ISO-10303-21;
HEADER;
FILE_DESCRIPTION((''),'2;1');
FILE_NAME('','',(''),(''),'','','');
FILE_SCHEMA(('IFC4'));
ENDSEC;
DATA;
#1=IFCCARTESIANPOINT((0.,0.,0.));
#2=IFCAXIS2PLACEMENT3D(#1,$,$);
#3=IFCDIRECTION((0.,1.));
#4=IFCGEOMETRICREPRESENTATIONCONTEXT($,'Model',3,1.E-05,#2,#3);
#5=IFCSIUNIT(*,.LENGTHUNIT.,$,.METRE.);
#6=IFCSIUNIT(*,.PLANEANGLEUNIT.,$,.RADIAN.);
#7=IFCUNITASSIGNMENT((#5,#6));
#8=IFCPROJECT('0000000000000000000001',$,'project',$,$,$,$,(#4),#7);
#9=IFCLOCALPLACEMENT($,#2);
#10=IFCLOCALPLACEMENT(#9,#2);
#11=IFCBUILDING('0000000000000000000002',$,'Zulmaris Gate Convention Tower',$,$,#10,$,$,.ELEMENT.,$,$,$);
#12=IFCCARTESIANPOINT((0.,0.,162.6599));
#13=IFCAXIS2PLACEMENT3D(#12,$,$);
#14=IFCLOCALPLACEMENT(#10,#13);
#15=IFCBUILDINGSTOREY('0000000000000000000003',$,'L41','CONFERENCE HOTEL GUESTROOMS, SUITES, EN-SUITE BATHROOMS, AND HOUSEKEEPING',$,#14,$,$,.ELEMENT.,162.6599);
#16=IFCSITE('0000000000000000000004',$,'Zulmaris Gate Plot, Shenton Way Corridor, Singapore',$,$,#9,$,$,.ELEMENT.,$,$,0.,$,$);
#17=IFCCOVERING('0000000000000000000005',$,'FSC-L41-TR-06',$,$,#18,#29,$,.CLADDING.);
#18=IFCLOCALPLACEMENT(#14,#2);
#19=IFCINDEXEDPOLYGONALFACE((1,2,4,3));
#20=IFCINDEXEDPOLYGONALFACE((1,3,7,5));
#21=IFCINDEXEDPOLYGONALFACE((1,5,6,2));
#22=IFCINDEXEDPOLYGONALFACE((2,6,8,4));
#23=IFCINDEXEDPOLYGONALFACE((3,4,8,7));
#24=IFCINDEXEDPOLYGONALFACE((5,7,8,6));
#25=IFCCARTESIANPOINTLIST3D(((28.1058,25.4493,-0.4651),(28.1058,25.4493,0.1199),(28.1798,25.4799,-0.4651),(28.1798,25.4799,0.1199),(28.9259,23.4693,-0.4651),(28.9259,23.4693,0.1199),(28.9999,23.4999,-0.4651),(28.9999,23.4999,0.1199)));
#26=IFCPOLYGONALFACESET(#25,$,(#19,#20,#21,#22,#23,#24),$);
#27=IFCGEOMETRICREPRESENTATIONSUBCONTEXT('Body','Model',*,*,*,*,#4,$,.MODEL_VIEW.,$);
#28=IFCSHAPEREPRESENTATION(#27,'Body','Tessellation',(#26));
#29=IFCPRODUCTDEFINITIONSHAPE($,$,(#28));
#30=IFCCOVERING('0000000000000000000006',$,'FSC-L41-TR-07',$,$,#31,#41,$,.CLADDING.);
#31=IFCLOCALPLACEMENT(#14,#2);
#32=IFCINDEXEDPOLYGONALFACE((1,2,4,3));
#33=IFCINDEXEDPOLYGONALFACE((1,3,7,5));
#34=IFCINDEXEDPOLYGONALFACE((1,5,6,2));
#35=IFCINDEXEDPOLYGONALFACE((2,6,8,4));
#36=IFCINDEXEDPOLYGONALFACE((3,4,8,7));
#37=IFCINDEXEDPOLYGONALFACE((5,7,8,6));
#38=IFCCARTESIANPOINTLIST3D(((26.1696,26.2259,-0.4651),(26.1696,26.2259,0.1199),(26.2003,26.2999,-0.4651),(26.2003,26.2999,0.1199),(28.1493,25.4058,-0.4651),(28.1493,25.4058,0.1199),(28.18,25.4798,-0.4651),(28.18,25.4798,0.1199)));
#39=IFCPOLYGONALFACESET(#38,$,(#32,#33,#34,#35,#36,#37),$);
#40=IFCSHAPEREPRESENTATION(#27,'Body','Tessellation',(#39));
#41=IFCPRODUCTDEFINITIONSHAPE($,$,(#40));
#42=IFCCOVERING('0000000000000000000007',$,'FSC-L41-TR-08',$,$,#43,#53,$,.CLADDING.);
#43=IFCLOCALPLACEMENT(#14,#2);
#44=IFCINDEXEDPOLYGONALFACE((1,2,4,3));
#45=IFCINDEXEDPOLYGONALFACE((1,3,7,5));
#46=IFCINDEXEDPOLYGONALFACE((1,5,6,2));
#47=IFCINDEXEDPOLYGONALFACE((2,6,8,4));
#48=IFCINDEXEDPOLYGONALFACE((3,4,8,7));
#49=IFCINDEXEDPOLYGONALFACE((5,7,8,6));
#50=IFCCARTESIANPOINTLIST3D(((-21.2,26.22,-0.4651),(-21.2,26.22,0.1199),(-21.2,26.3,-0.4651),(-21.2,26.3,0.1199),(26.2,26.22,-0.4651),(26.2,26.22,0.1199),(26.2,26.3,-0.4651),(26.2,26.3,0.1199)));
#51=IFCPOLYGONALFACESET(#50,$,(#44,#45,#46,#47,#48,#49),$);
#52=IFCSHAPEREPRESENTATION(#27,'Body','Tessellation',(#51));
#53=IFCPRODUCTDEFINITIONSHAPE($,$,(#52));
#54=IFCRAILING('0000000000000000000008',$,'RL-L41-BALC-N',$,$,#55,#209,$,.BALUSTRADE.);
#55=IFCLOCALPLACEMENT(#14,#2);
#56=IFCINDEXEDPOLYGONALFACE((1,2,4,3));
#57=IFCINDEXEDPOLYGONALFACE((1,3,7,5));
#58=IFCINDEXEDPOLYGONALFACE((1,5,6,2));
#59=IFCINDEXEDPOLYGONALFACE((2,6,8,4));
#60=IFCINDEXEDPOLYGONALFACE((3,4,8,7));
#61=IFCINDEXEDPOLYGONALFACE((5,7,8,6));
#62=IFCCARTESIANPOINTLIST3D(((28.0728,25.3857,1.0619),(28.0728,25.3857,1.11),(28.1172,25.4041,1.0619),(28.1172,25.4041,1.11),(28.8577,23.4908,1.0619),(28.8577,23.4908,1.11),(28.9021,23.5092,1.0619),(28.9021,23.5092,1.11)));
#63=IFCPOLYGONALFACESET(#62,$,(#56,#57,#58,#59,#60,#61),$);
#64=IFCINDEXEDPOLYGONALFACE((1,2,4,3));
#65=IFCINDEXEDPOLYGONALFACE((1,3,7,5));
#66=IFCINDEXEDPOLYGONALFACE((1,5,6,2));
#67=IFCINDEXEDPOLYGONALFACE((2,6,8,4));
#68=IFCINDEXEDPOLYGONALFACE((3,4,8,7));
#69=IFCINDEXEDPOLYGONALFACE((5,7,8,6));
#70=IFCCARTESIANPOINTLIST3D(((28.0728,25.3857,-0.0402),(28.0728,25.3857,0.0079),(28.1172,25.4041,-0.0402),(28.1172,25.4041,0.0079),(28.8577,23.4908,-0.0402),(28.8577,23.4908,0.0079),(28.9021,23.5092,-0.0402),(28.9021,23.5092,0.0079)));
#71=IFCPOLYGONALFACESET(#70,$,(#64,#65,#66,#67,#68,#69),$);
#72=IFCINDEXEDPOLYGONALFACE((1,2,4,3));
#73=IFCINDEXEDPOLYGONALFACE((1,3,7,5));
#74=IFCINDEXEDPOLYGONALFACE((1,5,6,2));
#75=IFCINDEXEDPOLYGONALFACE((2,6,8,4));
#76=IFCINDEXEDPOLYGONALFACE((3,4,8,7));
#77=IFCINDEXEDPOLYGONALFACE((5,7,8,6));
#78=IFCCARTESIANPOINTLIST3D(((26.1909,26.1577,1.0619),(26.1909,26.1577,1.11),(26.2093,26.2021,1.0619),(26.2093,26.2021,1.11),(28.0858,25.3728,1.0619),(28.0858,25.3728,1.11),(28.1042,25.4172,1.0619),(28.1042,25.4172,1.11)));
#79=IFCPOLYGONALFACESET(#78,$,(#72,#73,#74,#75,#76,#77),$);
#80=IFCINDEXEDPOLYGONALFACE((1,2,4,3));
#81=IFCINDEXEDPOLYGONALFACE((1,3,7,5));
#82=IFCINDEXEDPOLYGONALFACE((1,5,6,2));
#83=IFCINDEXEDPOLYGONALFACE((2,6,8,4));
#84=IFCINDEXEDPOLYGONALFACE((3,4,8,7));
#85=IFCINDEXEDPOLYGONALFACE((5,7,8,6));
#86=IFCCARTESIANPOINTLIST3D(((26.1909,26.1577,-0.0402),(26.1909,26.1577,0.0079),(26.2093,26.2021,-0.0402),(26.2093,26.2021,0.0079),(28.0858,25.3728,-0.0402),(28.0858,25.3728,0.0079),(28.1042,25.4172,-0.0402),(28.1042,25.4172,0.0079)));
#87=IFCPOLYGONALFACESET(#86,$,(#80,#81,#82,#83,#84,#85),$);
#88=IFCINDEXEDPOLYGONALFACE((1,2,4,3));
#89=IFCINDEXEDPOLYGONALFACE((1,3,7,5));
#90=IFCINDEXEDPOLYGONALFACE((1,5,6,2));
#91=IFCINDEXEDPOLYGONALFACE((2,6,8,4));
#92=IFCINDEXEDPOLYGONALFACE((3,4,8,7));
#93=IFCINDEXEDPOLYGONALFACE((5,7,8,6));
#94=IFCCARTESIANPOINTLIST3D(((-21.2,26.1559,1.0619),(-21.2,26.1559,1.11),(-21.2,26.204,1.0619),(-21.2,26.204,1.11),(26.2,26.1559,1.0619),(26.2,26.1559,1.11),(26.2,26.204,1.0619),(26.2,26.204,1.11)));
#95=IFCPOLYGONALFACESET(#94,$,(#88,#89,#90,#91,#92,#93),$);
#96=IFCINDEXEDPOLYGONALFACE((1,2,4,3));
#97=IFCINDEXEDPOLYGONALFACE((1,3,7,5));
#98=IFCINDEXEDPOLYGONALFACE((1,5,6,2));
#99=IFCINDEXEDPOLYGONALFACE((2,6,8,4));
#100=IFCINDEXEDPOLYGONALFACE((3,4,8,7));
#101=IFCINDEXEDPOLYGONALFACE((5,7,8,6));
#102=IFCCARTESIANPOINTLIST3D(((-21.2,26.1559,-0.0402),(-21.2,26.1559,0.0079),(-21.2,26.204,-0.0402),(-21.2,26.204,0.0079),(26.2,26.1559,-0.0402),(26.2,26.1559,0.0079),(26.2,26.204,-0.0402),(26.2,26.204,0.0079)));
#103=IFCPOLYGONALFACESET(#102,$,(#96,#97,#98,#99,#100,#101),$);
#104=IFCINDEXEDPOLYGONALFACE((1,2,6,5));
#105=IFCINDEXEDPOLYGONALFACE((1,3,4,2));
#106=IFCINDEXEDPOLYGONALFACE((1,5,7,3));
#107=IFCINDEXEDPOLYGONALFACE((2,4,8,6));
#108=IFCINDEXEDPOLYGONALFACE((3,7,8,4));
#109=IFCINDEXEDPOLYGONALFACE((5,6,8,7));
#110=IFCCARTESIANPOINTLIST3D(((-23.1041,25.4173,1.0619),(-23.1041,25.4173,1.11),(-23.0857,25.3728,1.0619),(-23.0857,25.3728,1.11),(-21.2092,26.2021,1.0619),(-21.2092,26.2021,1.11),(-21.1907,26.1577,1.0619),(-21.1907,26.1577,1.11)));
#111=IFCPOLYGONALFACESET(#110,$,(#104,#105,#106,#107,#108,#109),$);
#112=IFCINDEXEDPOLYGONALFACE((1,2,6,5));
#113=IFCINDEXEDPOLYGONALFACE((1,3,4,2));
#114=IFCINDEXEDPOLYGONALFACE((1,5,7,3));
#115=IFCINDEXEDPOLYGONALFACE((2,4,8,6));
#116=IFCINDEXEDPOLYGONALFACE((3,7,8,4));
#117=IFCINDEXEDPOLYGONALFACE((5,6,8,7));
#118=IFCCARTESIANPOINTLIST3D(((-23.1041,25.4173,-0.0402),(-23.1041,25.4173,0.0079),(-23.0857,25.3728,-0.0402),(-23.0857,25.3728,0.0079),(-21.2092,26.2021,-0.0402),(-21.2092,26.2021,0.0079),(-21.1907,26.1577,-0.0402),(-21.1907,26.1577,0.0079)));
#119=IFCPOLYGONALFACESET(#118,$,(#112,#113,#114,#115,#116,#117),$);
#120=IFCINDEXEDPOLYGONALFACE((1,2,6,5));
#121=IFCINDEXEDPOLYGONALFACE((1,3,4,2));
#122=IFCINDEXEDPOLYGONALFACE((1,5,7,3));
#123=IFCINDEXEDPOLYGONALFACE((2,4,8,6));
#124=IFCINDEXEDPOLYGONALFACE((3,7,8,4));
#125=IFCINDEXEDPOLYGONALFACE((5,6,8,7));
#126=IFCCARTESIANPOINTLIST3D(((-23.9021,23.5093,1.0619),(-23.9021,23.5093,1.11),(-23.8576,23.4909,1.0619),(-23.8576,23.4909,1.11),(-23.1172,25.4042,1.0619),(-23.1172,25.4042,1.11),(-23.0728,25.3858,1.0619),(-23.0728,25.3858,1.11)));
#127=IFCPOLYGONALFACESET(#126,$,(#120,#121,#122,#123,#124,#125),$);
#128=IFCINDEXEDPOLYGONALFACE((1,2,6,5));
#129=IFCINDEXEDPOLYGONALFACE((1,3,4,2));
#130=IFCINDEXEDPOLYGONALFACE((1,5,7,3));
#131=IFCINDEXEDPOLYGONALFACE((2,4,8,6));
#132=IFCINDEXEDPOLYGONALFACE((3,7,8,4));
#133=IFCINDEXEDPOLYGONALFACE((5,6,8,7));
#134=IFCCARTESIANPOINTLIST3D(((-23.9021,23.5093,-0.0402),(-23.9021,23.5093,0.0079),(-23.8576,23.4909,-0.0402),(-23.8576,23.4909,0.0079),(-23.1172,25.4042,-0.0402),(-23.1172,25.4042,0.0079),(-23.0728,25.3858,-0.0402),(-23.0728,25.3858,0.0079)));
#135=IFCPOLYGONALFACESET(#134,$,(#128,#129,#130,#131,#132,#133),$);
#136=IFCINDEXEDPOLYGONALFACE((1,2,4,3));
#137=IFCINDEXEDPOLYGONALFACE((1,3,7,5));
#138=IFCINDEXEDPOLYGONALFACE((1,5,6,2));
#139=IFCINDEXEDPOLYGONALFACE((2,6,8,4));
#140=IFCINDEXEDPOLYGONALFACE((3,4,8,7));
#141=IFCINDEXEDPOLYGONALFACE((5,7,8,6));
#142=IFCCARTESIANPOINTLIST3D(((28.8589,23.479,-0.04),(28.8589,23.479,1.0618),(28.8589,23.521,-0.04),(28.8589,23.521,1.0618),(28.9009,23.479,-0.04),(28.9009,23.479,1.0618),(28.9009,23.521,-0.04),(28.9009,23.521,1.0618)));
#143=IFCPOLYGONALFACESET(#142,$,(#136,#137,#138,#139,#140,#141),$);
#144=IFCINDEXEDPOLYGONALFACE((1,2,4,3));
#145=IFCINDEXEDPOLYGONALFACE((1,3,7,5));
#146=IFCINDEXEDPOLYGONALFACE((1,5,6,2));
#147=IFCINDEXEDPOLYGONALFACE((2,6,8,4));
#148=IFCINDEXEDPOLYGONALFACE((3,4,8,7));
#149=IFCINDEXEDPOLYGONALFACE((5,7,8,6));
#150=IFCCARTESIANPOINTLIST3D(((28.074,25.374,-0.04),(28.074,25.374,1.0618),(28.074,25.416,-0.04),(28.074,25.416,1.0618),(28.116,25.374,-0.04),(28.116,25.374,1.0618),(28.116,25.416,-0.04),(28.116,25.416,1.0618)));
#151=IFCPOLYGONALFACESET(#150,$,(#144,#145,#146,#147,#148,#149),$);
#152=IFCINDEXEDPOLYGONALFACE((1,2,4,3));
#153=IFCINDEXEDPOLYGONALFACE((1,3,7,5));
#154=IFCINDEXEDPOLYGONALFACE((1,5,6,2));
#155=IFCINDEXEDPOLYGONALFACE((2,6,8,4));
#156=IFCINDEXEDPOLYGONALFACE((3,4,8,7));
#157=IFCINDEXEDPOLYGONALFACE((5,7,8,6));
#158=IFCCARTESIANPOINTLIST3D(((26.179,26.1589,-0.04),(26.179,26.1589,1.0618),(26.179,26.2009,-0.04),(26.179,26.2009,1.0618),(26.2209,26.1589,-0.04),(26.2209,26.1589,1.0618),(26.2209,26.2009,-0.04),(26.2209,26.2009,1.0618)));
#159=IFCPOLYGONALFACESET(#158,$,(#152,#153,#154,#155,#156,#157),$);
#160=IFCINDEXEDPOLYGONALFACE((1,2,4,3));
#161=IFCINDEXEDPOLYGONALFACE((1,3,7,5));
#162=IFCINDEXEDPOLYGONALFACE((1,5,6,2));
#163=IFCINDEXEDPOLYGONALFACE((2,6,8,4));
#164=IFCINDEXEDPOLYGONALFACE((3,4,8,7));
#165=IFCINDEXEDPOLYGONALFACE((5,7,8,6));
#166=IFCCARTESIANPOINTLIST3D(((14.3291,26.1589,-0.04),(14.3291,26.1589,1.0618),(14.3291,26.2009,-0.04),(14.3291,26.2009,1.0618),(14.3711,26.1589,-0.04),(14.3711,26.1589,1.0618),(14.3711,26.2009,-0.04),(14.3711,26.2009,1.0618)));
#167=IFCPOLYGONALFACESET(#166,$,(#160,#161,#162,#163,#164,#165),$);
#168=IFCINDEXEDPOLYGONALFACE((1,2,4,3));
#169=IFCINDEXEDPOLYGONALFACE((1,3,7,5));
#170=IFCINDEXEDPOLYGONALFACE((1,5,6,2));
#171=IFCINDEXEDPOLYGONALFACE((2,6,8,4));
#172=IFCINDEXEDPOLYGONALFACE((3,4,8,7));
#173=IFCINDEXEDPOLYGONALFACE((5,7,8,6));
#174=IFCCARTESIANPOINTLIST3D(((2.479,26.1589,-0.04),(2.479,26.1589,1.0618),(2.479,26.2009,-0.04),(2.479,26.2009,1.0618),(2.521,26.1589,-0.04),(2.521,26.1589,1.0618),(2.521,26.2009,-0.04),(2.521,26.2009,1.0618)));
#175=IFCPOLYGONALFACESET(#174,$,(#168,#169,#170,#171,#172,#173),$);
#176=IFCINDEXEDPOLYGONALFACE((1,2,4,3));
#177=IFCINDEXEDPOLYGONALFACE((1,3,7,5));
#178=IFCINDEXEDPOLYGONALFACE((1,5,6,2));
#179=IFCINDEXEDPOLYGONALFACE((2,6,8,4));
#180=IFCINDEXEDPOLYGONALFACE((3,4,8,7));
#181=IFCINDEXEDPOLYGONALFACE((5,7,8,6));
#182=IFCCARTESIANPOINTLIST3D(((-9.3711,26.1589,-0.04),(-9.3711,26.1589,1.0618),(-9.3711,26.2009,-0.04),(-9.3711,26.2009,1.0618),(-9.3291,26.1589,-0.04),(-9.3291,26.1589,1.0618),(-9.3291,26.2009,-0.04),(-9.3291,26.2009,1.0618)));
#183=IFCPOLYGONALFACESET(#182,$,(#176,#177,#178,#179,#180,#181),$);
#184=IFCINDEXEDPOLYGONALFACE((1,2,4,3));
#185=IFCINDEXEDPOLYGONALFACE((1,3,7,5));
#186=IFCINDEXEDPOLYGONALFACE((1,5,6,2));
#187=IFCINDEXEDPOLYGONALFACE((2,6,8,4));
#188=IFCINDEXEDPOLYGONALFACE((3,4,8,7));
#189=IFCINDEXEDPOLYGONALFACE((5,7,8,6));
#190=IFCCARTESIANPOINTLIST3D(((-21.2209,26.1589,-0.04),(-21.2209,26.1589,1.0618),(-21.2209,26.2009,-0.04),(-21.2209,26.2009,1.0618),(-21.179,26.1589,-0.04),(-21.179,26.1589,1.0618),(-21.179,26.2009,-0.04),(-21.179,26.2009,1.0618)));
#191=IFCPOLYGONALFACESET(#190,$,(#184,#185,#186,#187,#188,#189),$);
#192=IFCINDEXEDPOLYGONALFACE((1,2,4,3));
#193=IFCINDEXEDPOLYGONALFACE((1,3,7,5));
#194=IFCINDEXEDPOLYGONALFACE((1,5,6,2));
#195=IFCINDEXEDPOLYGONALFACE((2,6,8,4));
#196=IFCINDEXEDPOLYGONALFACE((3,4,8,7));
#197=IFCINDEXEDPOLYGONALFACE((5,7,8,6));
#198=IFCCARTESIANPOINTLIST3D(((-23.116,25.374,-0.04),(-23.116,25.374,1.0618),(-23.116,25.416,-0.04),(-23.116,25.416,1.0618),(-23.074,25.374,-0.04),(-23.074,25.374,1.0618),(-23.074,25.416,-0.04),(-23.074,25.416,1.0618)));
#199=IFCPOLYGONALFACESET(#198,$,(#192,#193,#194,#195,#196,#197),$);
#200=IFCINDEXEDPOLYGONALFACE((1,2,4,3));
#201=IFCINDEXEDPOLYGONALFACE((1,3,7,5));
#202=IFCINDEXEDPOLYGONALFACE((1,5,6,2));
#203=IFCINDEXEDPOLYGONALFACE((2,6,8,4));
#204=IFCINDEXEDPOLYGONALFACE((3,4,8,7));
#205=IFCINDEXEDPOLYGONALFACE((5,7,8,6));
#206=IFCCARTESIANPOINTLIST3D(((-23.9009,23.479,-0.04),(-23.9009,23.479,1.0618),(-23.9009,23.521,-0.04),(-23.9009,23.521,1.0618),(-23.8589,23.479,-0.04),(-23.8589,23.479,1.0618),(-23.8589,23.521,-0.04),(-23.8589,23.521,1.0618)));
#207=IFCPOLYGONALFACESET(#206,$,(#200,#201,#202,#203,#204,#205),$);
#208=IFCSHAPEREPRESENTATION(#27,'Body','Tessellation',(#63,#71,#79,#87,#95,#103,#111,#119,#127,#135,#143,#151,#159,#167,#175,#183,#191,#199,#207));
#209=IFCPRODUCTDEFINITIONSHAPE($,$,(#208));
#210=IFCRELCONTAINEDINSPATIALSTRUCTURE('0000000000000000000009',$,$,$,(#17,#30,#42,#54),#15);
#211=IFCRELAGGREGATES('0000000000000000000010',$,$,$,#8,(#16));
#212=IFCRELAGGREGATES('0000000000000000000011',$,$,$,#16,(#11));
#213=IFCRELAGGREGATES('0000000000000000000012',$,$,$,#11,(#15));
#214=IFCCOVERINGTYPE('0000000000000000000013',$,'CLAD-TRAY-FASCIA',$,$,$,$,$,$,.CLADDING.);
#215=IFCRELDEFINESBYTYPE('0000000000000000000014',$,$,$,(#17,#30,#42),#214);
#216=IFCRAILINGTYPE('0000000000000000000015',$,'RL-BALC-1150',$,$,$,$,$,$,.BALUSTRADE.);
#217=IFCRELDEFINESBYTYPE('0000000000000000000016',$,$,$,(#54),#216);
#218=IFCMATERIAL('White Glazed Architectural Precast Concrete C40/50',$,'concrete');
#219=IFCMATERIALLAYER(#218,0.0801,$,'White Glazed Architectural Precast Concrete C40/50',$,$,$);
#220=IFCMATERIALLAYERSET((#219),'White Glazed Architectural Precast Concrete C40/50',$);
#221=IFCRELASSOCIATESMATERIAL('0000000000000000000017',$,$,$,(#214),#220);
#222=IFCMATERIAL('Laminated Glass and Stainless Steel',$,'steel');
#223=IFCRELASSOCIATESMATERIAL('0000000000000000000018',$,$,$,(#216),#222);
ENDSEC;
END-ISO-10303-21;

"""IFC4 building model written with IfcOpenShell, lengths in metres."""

from ifc_helpers import new_model, si_unit, direction, frame, frame_2d, origin, origin_2d, place, context, subcontext, project, spatial, rectangle, extrude, material, layer, layer_set, type_object, element, save


model = new_model("IFC4")

# Units and contexts
model_context = context("Model", 3, precision=1e-05, world=origin(), true_north=direction((0.0, 1.0)))
body_context = subcontext(model_context, "Body", "Model", "MODEL_VIEW")
ifc_project = project(units=[si_unit("LENGTHUNIT", "METRE"), si_unit("PLANEANGLEUNIT", "RADIAN")], contexts=[model_context])

# Site, building, storey
site_placement = place(None, origin())
site = spatial("IfcSite", under=ifc_project, at=site_placement, Name="Zulmaris Gate Plot, Shenton Way Corridor, Singapore", CompositionType="ELEMENT", RefElevation=0.0)
building_placement = place(site_placement, origin())
building = spatial("IfcBuilding", under=site, at=building_placement, Name="Zulmaris Gate Convention Tower", CompositionType="ELEMENT")
storey_placement = place(building_placement, frame((0.0, 0.0, 162.6599)))
storey = spatial("IfcBuildingStorey", under=building, at=storey_placement, Name="L41", Description="CONFERENCE HOTEL GUESTROOMS, SUITES, EN-SUITE BATHROOMS, AND HOUSEKEEPING", CompositionType="ELEMENT", Elevation=162.6599)

# Coverings
ifc_material_1 = material(Name="White Glazed Architectural Precast Concrete C40/50", Category="concrete")
ifc_layer_1 = layer(ifc_material_1, 0.0801, Name="White Glazed Architectural Precast Concrete C40/50")
ifc_layer_set_1 = layer_set([ifc_layer_1], Name="White Glazed Architectural Precast Concrete C40/50")
covering_type_1 = type_object("IfcCoveringType", Name="CLAD-TRAY-FASCIA", PredefinedType="CLADDING", material=ifc_layer_set_1)
covering_1_placement = place(storey_placement, frame((28.9629, 23.4846, -0.4651), z_axis=(0.0, 0.0, 1.0), x_axis=(-0.382657, 0.92389, 0.0)))
element("IfcCovering", 1, at=covering_1_placement, inside=storey, type_object=covering_type_1, Name="FSC-L41-TR-06", PredefinedType="CLADDING", context=body_context, shape_type="SweptSolid", body=[
    extrude(rectangle(XDim=2.1431, YDim=0.0801, at=frame_2d((1.0715, 0.0))), origin(), (0.0, 0.0, 1.0), 0.585),
])
covering_2_placement = place(storey_placement, frame((28.1646, 25.4429, -0.4651), z_axis=(0.0, 0.0, 1.0), x_axis=(-0.923874, 0.382697, 0.0)))
element("IfcCovering", 2, at=covering_2_placement, inside=storey, type_object=covering_type_1, Name="FSC-L41-TR-07", PredefinedType="CLADDING", context=body_context, shape_type="SweptSolid", body=[
    extrude(rectangle(XDim=2.1428, YDim=0.0801, at=frame_2d((1.0713, 0.0))), origin(), (0.0, 0.0, 1.0), 0.585),
])
covering_3_placement = place(storey_placement, frame((26.2, 26.26, -0.4651), z_axis=(0.0, 0.0, 1.0), x_axis=(-1.0, 0.0, 0.0)))
element("IfcCovering", 3, at=covering_3_placement, inside=storey, type_object=covering_type_1, Name="FSC-L41-TR-08", PredefinedType="CLADDING", context=body_context, shape_type="SweptSolid", body=[
    extrude(rectangle(XDim=47.3999, YDim=0.0801, at=frame_2d((23.7, 0.0))), origin(), (0.0, 0.0, 1.0), 0.585),
])

# Railing
ifc_material_2 = material(Name="Laminated Glass and Stainless Steel", Category="steel")
railing_type = type_object("IfcRailingType", Name="RL-BALC-1150", PredefinedType="BALUSTRADE", material=ifc_material_2)
railing_placement = place(storey_placement, frame((28.8799, 23.5, -0.04)))
element("IfcRailing", 4, at=railing_placement, inside=storey, type_object=railing_type, Name="RL-L41-BALC-N", PredefinedType="BALUSTRADE", context=body_context, shape_type="SweptSolid", body=[
    extrude(rectangle(XDim=0.0481, YDim=0.0481, at=origin_2d()), frame((0.0, 0.0, 1.126), z_axis=(-0.382671, 0.923885, 0.0), x_axis=(-0.923885, -0.382671, 0.0)), (0.0, 0.0, 1.0), 2.051),
    extrude(rectangle(XDim=0.0481, YDim=0.0481, at=origin_2d()), frame((0.0, 0.0, 0.0239), z_axis=(-0.382671, 0.923885, 0.0), x_axis=(-0.923885, -0.382671, 0.0)), (0.0, 0.0, 1.0), 2.051),
    extrude(rectangle(XDim=0.0481, YDim=0.0481, at=origin_2d()), frame((-0.7849, 1.895, 1.126), z_axis=(-0.923885, 0.382671, 0.0), x_axis=(-0.382671, -0.923885, 0.0)), (0.0, 0.0, 1.0), 2.051),
    extrude(rectangle(XDim=0.0481, YDim=0.0481, at=origin_2d()), frame((-0.7849, 1.895, 0.0239), z_axis=(-0.923885, 0.382671, 0.0), x_axis=(-0.382671, -0.923885, 0.0)), (0.0, 0.0, 1.0), 2.051),
    extrude(rectangle(XDim=0.0481, YDim=0.0481, at=origin_2d()), frame((-2.6799, 2.6799, 1.126), z_axis=(-1.0, 0.0, 0.0), x_axis=(0.0, -1.0, 0.0)), (0.0, 0.0, 1.0), 47.3999),
    extrude(rectangle(XDim=0.0481, YDim=0.0481, at=origin_2d()), frame((-2.6799, 2.6799, 0.0239), z_axis=(-1.0, 0.0, 0.0), x_axis=(0.0, -1.0, 0.0)), (0.0, 0.0, 1.0), 47.3999),
    extrude(rectangle(XDim=0.0481, YDim=0.0481, at=origin_2d()), frame((-50.0798, 2.6799, 1.126), z_axis=(-0.923885, -0.382671, 0.0), x_axis=(0.382671, -0.923885, 0.0)), (0.0, 0.0, 1.0), 2.051),
    extrude(rectangle(XDim=0.0481, YDim=0.0481, at=origin_2d()), frame((-50.0798, 2.6799, 0.0239), z_axis=(-0.923885, -0.382671, 0.0), x_axis=(0.382671, -0.923885, 0.0)), (0.0, 0.0, 1.0), 2.051),
    extrude(rectangle(XDim=0.0481, YDim=0.0481, at=origin_2d()), frame((-51.9749, 1.895, 1.126), z_axis=(-0.382671, -0.923885, 0.0), x_axis=(0.923885, -0.382671, 0.0)), (0.0, 0.0, 1.0), 2.051),
    extrude(rectangle(XDim=0.0481, YDim=0.0481, at=origin_2d()), frame((-51.9749, 1.895, 0.0239), z_axis=(-0.382671, -0.923885, 0.0), x_axis=(0.923885, -0.382671, 0.0)), (0.0, 0.0, 1.0), 2.051),
    extrude(rectangle(XDim=0.042, YDim=0.042, at=origin_2d()), origin(), (0.0, 0.0, 1.0), 1.1018),
    extrude(rectangle(XDim=0.042, YDim=0.042, at=origin_2d()), frame((-0.7849, 1.895, 0.0)), (0.0, 0.0, 1.0), 1.1018),
    extrude(rectangle(XDim=0.042, YDim=0.042, at=origin_2d()), frame((-2.6799, 2.6799, 0.0)), (0.0, 0.0, 1.0), 1.1018),
    extrude(rectangle(XDim=0.042, YDim=0.042, at=origin_2d()), frame((-14.5298, 2.6799, 0.0)), (0.0, 0.0, 1.0), 1.1018),
    extrude(rectangle(XDim=0.042, YDim=0.042, at=origin_2d()), frame((-26.3799, 2.6799, 0.0)), (0.0, 0.0, 1.0), 1.1018),
    extrude(rectangle(XDim=0.042, YDim=0.042, at=origin_2d()), frame((-38.23, 2.6799, 0.0)), (0.0, 0.0, 1.0), 1.1018),
    extrude(rectangle(XDim=0.042, YDim=0.042, at=origin_2d()), frame((-50.0798, 2.6799, 0.0)), (0.0, 0.0, 1.0), 1.1018),
    extrude(rectangle(XDim=0.042, YDim=0.042, at=origin_2d()), frame((-51.9749, 1.895, 0.0)), (0.0, 0.0, 1.0), 1.1018),
    extrude(rectangle(XDim=0.042, YDim=0.042, at=origin_2d()), frame((-52.7598, 0.0, 0.0)), (0.0, 0.0, 1.0), 1.1018),
])

save(model, "model.ifc")
